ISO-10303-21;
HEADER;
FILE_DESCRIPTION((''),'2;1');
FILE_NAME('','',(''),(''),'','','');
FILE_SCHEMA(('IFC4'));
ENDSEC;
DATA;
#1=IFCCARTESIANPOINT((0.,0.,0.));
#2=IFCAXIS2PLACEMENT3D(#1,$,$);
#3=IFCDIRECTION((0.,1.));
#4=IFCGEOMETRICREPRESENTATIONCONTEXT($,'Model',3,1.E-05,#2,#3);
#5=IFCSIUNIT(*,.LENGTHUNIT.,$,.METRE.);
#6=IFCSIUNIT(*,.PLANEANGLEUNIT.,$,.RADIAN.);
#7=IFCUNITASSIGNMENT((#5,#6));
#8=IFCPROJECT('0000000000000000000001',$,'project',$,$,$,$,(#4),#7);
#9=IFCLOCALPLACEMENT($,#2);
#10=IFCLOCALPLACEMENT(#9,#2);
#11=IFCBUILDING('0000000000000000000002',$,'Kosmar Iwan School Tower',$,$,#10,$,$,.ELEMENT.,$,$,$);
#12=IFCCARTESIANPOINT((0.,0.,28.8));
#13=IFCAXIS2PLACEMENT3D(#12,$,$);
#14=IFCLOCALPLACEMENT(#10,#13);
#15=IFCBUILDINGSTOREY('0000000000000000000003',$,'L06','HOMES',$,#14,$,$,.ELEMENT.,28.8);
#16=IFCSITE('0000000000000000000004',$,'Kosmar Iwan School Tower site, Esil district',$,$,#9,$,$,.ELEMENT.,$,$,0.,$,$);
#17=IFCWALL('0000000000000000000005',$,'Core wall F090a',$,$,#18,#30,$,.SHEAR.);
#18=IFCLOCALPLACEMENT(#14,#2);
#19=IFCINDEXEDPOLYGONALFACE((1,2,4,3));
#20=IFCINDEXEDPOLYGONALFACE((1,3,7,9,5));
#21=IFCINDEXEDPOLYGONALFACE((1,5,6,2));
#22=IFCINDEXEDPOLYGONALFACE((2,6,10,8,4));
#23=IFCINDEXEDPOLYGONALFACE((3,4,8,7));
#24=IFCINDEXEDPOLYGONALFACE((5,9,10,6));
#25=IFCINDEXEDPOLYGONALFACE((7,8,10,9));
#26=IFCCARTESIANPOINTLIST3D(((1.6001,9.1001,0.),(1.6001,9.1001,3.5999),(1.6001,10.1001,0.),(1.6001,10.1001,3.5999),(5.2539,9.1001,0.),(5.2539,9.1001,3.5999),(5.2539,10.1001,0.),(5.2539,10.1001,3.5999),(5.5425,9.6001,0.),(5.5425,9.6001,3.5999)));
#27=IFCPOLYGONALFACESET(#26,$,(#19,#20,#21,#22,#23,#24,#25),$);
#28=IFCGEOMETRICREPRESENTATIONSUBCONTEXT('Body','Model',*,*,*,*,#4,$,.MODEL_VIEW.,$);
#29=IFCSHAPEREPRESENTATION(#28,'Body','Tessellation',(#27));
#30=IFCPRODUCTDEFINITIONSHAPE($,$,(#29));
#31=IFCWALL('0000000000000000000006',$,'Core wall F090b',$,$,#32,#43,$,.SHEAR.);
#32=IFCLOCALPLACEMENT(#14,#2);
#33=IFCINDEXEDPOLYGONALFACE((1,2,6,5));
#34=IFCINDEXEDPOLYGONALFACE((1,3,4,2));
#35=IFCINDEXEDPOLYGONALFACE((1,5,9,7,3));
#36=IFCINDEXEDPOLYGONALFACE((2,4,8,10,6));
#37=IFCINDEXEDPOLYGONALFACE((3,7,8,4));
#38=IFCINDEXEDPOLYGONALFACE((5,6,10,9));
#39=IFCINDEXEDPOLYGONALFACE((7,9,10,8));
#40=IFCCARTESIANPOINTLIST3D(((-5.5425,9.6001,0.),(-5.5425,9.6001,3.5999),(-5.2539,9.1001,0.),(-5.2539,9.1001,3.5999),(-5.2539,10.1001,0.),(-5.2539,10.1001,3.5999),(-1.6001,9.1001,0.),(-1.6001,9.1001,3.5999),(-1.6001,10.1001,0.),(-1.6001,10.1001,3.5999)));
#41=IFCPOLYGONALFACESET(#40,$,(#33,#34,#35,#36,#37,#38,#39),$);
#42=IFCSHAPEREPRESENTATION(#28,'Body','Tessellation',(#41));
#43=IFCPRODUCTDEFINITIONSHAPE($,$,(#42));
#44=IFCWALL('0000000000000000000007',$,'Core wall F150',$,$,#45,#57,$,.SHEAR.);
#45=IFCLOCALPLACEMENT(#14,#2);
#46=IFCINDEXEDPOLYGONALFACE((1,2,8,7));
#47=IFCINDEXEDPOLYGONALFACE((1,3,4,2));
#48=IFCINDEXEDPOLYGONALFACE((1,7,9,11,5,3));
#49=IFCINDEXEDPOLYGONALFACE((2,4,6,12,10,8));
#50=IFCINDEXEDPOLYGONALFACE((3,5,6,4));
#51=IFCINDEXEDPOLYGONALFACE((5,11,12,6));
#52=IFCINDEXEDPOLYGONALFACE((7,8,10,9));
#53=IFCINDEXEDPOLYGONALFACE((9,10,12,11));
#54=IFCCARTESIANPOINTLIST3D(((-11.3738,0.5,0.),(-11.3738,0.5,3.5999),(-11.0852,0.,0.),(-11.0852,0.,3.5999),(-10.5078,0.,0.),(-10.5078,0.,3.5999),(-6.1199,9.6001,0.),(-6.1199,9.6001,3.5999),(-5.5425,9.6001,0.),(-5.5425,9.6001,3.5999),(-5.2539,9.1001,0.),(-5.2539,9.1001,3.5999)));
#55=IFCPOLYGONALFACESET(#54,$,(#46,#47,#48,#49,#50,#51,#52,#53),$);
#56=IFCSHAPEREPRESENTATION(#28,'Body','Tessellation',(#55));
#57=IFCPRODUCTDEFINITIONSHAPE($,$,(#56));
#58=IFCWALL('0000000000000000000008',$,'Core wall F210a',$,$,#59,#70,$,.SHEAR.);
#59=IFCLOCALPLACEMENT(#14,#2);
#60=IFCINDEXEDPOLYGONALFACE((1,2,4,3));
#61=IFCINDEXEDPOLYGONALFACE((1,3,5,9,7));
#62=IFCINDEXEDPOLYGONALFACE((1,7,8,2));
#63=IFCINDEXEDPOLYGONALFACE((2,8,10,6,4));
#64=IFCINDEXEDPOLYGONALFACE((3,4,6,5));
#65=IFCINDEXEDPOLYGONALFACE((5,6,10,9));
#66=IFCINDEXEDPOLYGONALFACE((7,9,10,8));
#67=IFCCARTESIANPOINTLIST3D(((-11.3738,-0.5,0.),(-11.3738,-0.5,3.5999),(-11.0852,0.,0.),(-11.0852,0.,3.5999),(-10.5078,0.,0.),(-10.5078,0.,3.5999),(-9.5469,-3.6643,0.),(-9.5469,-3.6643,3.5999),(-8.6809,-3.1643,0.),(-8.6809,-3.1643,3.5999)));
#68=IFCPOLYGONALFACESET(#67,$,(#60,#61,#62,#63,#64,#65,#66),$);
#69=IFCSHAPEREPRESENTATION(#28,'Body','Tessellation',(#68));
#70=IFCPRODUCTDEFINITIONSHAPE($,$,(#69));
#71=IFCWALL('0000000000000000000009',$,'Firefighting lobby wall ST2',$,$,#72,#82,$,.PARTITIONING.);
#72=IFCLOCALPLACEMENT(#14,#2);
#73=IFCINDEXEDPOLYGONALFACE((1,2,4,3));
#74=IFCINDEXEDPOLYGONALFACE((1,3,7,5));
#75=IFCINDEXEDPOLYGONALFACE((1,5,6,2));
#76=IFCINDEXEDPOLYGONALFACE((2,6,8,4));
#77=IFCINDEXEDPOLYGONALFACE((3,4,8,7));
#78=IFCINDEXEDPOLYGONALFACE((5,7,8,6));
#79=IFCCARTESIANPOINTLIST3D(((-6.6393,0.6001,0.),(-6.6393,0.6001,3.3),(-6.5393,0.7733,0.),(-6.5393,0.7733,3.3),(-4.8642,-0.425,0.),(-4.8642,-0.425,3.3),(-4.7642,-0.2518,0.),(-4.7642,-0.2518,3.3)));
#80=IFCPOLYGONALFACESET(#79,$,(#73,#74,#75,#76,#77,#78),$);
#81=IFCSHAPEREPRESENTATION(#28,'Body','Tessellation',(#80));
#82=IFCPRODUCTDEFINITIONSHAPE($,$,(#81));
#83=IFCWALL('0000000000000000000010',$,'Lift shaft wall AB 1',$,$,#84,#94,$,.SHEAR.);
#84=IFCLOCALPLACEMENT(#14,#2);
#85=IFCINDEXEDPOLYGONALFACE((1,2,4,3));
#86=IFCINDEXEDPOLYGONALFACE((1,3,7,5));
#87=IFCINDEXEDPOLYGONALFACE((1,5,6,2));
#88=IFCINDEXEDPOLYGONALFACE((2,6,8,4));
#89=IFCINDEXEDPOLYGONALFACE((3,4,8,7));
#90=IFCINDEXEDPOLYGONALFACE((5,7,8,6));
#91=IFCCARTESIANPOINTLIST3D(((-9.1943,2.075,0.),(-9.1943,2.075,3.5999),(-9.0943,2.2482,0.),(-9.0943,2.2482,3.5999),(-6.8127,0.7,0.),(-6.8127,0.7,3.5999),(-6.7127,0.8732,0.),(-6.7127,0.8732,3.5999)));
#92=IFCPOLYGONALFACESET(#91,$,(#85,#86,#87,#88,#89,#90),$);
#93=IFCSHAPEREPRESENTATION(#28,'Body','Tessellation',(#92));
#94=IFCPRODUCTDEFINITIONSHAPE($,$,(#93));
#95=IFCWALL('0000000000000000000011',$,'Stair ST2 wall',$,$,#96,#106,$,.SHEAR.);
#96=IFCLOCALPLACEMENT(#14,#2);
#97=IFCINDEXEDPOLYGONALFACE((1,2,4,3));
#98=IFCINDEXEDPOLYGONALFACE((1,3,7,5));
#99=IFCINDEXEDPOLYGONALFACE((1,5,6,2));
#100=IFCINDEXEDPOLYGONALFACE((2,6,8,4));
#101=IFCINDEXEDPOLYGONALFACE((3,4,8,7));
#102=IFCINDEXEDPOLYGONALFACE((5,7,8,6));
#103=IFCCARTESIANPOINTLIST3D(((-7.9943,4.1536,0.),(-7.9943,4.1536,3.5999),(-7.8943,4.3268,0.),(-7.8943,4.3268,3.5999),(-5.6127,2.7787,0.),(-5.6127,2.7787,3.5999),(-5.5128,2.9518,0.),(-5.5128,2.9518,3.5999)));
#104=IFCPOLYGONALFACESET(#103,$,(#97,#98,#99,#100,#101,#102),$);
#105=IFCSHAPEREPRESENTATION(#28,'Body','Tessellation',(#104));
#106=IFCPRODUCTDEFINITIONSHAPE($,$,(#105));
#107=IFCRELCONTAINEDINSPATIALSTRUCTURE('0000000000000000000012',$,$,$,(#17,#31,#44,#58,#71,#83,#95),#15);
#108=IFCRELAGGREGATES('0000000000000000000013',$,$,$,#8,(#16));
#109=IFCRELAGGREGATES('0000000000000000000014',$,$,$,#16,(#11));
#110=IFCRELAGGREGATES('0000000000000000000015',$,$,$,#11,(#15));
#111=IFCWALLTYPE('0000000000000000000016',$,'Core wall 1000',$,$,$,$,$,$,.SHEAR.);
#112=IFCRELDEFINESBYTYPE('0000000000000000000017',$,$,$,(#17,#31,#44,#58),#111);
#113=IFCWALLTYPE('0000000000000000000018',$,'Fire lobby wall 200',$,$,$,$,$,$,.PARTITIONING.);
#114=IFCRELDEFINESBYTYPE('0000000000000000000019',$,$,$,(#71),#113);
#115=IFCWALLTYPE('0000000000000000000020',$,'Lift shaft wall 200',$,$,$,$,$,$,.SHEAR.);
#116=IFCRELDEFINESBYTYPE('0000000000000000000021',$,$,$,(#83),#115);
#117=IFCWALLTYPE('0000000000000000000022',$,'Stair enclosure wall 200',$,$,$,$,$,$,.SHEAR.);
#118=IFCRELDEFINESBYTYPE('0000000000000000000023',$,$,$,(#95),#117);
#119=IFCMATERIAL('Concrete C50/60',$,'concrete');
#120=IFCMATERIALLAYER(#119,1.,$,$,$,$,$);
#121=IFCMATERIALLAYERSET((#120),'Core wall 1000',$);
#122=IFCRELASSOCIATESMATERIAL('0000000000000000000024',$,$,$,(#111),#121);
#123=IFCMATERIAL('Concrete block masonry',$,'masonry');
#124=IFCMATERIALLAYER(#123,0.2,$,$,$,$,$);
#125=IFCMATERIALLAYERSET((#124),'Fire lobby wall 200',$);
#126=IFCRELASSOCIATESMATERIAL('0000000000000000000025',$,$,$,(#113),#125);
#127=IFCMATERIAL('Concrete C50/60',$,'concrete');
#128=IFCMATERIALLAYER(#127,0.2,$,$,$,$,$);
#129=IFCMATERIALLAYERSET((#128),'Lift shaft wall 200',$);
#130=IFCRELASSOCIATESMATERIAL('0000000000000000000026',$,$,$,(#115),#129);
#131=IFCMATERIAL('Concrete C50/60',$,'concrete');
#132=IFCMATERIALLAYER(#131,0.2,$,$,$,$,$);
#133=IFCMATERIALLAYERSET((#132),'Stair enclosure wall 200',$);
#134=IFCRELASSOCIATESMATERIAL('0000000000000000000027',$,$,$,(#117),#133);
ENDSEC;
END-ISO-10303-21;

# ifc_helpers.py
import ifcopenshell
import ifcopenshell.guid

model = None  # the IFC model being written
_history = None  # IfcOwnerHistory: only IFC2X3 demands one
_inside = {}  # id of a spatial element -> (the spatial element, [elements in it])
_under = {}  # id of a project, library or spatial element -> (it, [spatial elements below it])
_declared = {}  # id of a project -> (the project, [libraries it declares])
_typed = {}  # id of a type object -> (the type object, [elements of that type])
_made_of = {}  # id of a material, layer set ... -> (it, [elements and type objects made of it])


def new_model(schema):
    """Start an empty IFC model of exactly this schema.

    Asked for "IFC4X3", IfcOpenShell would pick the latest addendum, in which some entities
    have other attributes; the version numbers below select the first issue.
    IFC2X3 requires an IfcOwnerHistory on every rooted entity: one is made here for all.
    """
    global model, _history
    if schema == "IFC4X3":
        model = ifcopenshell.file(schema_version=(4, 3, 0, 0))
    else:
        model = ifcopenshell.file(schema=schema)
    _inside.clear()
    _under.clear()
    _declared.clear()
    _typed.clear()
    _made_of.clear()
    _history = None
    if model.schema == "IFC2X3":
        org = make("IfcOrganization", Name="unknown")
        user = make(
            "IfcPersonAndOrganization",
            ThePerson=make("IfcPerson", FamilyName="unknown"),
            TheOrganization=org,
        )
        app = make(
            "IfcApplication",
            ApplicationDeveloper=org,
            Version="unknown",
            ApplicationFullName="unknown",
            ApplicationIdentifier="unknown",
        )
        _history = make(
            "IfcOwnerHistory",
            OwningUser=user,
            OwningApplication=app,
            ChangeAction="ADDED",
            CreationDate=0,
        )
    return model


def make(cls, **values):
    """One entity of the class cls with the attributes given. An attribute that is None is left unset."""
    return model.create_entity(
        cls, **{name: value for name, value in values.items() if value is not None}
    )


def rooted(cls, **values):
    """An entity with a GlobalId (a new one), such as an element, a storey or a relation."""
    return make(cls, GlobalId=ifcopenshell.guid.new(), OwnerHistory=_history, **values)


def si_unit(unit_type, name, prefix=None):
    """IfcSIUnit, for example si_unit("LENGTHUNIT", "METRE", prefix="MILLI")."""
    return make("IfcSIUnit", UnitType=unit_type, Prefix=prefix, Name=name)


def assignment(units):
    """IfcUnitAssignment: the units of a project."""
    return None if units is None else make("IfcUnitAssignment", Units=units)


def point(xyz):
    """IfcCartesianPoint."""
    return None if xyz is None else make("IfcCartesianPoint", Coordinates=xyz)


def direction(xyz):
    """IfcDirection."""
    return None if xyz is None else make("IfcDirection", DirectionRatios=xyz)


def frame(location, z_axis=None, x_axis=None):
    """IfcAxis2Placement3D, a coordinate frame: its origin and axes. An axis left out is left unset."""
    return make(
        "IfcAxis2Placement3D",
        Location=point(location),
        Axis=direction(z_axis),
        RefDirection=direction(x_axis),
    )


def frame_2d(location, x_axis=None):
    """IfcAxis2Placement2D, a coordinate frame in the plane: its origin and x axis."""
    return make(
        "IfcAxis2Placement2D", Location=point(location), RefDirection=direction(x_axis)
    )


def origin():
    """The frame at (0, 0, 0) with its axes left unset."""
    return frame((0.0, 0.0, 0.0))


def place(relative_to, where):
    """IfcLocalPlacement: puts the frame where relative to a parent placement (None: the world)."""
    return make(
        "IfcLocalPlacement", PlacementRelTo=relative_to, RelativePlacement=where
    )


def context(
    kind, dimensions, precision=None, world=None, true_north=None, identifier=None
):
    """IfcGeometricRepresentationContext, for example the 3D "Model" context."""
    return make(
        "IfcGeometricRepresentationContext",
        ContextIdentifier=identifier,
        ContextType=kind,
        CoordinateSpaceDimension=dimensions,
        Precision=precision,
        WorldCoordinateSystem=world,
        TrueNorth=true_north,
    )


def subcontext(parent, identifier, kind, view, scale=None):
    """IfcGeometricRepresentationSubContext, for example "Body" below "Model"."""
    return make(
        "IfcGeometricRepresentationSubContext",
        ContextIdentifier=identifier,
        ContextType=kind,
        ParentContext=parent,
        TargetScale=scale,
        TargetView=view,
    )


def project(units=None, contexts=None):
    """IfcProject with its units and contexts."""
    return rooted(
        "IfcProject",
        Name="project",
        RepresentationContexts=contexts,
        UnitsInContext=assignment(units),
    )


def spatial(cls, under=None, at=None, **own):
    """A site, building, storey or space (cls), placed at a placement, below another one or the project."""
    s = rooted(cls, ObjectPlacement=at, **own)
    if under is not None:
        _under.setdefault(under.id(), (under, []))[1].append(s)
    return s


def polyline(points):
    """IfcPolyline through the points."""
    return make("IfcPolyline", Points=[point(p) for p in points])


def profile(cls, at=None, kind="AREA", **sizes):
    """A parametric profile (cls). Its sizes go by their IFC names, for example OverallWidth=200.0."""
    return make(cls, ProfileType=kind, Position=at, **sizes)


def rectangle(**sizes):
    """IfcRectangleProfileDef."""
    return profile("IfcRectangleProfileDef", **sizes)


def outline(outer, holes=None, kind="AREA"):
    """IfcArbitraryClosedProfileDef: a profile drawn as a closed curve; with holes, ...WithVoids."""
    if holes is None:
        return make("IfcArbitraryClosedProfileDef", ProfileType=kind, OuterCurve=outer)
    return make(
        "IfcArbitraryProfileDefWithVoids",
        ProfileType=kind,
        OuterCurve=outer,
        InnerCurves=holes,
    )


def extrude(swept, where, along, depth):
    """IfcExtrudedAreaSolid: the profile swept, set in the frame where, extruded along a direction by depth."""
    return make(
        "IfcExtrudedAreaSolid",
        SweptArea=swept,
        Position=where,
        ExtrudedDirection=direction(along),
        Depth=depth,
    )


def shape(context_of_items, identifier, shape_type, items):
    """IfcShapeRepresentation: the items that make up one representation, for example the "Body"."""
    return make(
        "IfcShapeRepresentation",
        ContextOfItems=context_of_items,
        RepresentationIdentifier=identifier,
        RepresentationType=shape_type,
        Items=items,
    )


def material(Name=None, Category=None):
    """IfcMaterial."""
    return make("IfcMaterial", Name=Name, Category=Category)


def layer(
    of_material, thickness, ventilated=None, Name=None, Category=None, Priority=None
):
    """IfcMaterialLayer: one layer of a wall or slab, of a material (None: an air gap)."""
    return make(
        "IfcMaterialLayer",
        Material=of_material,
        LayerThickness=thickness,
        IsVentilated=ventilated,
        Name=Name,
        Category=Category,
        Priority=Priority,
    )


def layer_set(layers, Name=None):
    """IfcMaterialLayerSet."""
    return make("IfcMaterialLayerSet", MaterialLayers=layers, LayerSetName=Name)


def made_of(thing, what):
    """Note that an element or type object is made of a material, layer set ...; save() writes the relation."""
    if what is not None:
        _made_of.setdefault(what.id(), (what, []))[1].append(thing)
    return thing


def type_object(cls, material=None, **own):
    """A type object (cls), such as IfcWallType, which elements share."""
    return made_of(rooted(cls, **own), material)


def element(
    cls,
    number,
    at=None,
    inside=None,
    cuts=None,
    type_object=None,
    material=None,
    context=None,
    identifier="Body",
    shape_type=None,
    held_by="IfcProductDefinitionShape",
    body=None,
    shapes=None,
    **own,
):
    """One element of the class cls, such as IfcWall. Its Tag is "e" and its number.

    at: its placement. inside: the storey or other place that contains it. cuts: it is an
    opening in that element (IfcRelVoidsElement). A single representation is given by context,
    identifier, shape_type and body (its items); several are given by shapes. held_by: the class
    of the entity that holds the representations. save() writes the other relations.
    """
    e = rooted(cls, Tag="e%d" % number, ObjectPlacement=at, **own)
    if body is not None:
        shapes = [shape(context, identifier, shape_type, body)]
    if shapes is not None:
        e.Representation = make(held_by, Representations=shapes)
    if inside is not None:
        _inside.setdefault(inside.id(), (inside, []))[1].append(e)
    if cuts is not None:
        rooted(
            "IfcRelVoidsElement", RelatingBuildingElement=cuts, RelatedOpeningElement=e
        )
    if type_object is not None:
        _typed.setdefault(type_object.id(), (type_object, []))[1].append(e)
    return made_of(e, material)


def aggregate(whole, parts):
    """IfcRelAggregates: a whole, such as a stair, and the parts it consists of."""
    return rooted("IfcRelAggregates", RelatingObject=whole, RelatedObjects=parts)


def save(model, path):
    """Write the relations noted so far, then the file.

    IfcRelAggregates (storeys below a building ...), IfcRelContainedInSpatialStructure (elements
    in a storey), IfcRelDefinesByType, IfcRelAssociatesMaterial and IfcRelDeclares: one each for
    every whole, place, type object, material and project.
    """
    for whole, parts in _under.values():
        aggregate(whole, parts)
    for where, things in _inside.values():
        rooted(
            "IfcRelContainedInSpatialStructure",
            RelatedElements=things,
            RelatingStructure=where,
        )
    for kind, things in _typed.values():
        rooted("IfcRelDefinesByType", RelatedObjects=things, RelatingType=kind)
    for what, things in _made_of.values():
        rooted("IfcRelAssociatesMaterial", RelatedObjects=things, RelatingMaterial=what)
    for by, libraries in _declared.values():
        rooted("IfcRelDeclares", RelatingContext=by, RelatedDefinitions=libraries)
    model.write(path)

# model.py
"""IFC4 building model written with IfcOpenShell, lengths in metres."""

from ifc_helpers import new_model, si_unit, direction, frame, frame_2d, origin, place, context, subcontext, project, spatial, polyline, rectangle, outline, extrude, material, layer, layer_set, type_object, element, save


model = new_model("IFC4")

# Units and contexts
model_context = context("Model", 3, precision=1e-05, world=origin(), true_north=direction((0.0, 1.0)))
body_context = subcontext(model_context, "Body", "Model", "MODEL_VIEW")
ifc_project = project(units=[si_unit("LENGTHUNIT", "METRE"), si_unit("PLANEANGLEUNIT", "RADIAN")], contexts=[model_context])

# Site, building, storey
site_placement = place(None, origin())
site = spatial("IfcSite", under=ifc_project, at=site_placement, Name="Kosmar Iwan School Tower site, Esil district", CompositionType="ELEMENT", RefElevation=0.0)
building_placement = place(site_placement, origin())
building = spatial("IfcBuilding", under=site, at=building_placement, Name="Kosmar Iwan School Tower", CompositionType="ELEMENT")
storey_placement = place(building_placement, frame((0.0, 0.0, 28.8)))
storey = spatial("IfcBuildingStorey", under=building, at=storey_placement, Name="L06", Description="HOMES", CompositionType="ELEMENT", Elevation=28.8)

# Walls
ifc_material_1 = material(Name="Concrete C50/60", Category="concrete")
ifc_layer_1 = layer(ifc_material_1, 1.0)
ifc_layer_set_1 = layer_set([ifc_layer_1], Name="Core wall 1000")
wall_type_1 = type_object("IfcWallType", Name="Core wall 1000", PredefinedType="SHEAR", material=ifc_layer_set_1)
wall_1_placement = place(storey_placement, origin())
element("IfcWall", 1, at=wall_1_placement, inside=storey, type_object=wall_type_1, Name="Core wall F090a", PredefinedType="SHEAR", context=body_context, shape_type="SweptSolid", body=[
    extrude(outline(polyline([(1.6001, 9.1001), (5.2539, 9.1001), (5.5425, 9.6001), (5.2539, 10.1001), (1.6001, 10.1001), (1.6001, 9.1001)])), origin(), (0.0, 0.0, 1.0), 3.5999),
])
wall_2_placement = place(storey_placement, origin())
element("IfcWall", 2, at=wall_2_placement, inside=storey, type_object=wall_type_1, Name="Core wall F090b", PredefinedType="SHEAR", context=body_context, shape_type="SweptSolid", body=[
    extrude(outline(polyline([(-5.2539, 9.1001), (-1.6001, 9.1001), (-1.6001, 10.1001), (-5.2539, 10.1001), (-5.5425, 9.6001), (-5.2539, 9.1001)])), origin(), (0.0, 0.0, 1.0), 3.5999),
])
wall_3_placement = place(storey_placement, origin())
element("IfcWall", 3, at=wall_3_placement, inside=storey, type_object=wall_type_1, Name="Core wall F150", PredefinedType="SHEAR", context=body_context, shape_type="SweptSolid", body=[
    extrude(outline(polyline([(-11.0852, 0.0), (-10.5078, 0.0), (-5.2539, 9.1001), (-5.5425, 9.6001), (-6.1199, 9.6001), (-11.3738, 0.5), (-11.0852, 0.0)])), origin(), (0.0, 0.0, 1.0), 3.5999),
])
wall_4_placement = place(storey_placement, origin())
element("IfcWall", 4, at=wall_4_placement, inside=storey, type_object=wall_type_1, Name="Core wall F210a", PredefinedType="SHEAR", context=body_context, shape_type="SweptSolid", body=[
    extrude(outline(polyline([(-9.5469, -3.6643), (-8.6809, -3.1643), (-10.5078, 0.0), (-11.0852, 0.0), (-11.3738, -0.5), (-9.5469, -3.6643)])), origin(), (0.0, 0.0, 1.0), 3.5999),
])
ifc_material_2 = material(Name="Concrete block masonry", Category="masonry")
ifc_layer_2 = layer(ifc_material_2, 0.2)
ifc_layer_set_2 = layer_set([ifc_layer_2], Name="Fire lobby wall 200")
wall_type_2 = type_object("IfcWallType", Name="Fire lobby wall 200", PredefinedType="PARTITIONING", material=ifc_layer_set_2)
wall_5_placement = place(storey_placement, frame((-4.8142, -0.3384, 0.0), z_axis=(0.0, 0.0, 1.0), x_axis=(-0.865969, 0.500097, 0.0)))
element("IfcWall", 5, at=wall_5_placement, inside=storey, type_object=wall_type_2, Name="Firefighting lobby wall ST2", PredefinedType="PARTITIONING", context=body_context, shape_type="SweptSolid", body=[
    extrude(rectangle(XDim=2.0498, YDim=0.2, at=frame_2d((1.0249, 0.0))), origin(), (0.0, 0.0, 1.0), 3.3),
])
ifc_material_3 = material(Name="Concrete C50/60", Category="concrete")
ifc_layer_3 = layer(ifc_material_3, 0.2)
ifc_layer_set_3 = layer_set([ifc_layer_3], Name="Lift shaft wall 200")
wall_type_3 = type_object("IfcWallType", Name="Lift shaft wall 200", PredefinedType="SHEAR", material=ifc_layer_set_3)
wall_6_placement = place(storey_placement, frame((-6.7627, 0.7866, 0.0), z_axis=(0.0, 0.0, 1.0), x_axis=(-0.866027, 0.499997, 0.0)))
element("IfcWall", 6, at=wall_6_placement, inside=storey, type_object=wall_type_3, Name="Lift shaft wall AB 1", PredefinedType="SHEAR", context=body_context, shape_type="SweptSolid", body=[
    extrude(rectangle(XDim=2.75, YDim=0.2, at=frame_2d((1.375, 0.0))), origin(), (0.0, 0.0, 1.0), 3.5999),
])
ifc_material_4 = material(Name="Concrete C50/60", Category="concrete")
ifc_layer_4 = layer(ifc_material_4, 0.2)
ifc_layer_set_4 = layer_set([ifc_layer_4], Name="Stair enclosure wall 200")
wall_type_4 = type_object("IfcWallType", Name="Stair enclosure wall 200", PredefinedType="SHEAR", material=ifc_layer_set_4)
wall_7_placement = place(storey_placement, frame((-5.5627, 2.8652, 0.0), z_axis=(0.0, 0.0, 1.0), x_axis=(-0.866027, 0.499997, 0.0)))
element("IfcWall", 7, at=wall_7_placement, inside=storey, type_object=wall_type_4, Name="Stair ST2 wall", PredefinedType="SHEAR", context=body_context, shape_type="SweptSolid", body=[
    extrude(rectangle(XDim=2.75, YDim=0.2, at=frame_2d((1.375, 0.0))), origin(), (0.0, 0.0, 1.0), 3.5999),
])

save(model, "model.ifc")
